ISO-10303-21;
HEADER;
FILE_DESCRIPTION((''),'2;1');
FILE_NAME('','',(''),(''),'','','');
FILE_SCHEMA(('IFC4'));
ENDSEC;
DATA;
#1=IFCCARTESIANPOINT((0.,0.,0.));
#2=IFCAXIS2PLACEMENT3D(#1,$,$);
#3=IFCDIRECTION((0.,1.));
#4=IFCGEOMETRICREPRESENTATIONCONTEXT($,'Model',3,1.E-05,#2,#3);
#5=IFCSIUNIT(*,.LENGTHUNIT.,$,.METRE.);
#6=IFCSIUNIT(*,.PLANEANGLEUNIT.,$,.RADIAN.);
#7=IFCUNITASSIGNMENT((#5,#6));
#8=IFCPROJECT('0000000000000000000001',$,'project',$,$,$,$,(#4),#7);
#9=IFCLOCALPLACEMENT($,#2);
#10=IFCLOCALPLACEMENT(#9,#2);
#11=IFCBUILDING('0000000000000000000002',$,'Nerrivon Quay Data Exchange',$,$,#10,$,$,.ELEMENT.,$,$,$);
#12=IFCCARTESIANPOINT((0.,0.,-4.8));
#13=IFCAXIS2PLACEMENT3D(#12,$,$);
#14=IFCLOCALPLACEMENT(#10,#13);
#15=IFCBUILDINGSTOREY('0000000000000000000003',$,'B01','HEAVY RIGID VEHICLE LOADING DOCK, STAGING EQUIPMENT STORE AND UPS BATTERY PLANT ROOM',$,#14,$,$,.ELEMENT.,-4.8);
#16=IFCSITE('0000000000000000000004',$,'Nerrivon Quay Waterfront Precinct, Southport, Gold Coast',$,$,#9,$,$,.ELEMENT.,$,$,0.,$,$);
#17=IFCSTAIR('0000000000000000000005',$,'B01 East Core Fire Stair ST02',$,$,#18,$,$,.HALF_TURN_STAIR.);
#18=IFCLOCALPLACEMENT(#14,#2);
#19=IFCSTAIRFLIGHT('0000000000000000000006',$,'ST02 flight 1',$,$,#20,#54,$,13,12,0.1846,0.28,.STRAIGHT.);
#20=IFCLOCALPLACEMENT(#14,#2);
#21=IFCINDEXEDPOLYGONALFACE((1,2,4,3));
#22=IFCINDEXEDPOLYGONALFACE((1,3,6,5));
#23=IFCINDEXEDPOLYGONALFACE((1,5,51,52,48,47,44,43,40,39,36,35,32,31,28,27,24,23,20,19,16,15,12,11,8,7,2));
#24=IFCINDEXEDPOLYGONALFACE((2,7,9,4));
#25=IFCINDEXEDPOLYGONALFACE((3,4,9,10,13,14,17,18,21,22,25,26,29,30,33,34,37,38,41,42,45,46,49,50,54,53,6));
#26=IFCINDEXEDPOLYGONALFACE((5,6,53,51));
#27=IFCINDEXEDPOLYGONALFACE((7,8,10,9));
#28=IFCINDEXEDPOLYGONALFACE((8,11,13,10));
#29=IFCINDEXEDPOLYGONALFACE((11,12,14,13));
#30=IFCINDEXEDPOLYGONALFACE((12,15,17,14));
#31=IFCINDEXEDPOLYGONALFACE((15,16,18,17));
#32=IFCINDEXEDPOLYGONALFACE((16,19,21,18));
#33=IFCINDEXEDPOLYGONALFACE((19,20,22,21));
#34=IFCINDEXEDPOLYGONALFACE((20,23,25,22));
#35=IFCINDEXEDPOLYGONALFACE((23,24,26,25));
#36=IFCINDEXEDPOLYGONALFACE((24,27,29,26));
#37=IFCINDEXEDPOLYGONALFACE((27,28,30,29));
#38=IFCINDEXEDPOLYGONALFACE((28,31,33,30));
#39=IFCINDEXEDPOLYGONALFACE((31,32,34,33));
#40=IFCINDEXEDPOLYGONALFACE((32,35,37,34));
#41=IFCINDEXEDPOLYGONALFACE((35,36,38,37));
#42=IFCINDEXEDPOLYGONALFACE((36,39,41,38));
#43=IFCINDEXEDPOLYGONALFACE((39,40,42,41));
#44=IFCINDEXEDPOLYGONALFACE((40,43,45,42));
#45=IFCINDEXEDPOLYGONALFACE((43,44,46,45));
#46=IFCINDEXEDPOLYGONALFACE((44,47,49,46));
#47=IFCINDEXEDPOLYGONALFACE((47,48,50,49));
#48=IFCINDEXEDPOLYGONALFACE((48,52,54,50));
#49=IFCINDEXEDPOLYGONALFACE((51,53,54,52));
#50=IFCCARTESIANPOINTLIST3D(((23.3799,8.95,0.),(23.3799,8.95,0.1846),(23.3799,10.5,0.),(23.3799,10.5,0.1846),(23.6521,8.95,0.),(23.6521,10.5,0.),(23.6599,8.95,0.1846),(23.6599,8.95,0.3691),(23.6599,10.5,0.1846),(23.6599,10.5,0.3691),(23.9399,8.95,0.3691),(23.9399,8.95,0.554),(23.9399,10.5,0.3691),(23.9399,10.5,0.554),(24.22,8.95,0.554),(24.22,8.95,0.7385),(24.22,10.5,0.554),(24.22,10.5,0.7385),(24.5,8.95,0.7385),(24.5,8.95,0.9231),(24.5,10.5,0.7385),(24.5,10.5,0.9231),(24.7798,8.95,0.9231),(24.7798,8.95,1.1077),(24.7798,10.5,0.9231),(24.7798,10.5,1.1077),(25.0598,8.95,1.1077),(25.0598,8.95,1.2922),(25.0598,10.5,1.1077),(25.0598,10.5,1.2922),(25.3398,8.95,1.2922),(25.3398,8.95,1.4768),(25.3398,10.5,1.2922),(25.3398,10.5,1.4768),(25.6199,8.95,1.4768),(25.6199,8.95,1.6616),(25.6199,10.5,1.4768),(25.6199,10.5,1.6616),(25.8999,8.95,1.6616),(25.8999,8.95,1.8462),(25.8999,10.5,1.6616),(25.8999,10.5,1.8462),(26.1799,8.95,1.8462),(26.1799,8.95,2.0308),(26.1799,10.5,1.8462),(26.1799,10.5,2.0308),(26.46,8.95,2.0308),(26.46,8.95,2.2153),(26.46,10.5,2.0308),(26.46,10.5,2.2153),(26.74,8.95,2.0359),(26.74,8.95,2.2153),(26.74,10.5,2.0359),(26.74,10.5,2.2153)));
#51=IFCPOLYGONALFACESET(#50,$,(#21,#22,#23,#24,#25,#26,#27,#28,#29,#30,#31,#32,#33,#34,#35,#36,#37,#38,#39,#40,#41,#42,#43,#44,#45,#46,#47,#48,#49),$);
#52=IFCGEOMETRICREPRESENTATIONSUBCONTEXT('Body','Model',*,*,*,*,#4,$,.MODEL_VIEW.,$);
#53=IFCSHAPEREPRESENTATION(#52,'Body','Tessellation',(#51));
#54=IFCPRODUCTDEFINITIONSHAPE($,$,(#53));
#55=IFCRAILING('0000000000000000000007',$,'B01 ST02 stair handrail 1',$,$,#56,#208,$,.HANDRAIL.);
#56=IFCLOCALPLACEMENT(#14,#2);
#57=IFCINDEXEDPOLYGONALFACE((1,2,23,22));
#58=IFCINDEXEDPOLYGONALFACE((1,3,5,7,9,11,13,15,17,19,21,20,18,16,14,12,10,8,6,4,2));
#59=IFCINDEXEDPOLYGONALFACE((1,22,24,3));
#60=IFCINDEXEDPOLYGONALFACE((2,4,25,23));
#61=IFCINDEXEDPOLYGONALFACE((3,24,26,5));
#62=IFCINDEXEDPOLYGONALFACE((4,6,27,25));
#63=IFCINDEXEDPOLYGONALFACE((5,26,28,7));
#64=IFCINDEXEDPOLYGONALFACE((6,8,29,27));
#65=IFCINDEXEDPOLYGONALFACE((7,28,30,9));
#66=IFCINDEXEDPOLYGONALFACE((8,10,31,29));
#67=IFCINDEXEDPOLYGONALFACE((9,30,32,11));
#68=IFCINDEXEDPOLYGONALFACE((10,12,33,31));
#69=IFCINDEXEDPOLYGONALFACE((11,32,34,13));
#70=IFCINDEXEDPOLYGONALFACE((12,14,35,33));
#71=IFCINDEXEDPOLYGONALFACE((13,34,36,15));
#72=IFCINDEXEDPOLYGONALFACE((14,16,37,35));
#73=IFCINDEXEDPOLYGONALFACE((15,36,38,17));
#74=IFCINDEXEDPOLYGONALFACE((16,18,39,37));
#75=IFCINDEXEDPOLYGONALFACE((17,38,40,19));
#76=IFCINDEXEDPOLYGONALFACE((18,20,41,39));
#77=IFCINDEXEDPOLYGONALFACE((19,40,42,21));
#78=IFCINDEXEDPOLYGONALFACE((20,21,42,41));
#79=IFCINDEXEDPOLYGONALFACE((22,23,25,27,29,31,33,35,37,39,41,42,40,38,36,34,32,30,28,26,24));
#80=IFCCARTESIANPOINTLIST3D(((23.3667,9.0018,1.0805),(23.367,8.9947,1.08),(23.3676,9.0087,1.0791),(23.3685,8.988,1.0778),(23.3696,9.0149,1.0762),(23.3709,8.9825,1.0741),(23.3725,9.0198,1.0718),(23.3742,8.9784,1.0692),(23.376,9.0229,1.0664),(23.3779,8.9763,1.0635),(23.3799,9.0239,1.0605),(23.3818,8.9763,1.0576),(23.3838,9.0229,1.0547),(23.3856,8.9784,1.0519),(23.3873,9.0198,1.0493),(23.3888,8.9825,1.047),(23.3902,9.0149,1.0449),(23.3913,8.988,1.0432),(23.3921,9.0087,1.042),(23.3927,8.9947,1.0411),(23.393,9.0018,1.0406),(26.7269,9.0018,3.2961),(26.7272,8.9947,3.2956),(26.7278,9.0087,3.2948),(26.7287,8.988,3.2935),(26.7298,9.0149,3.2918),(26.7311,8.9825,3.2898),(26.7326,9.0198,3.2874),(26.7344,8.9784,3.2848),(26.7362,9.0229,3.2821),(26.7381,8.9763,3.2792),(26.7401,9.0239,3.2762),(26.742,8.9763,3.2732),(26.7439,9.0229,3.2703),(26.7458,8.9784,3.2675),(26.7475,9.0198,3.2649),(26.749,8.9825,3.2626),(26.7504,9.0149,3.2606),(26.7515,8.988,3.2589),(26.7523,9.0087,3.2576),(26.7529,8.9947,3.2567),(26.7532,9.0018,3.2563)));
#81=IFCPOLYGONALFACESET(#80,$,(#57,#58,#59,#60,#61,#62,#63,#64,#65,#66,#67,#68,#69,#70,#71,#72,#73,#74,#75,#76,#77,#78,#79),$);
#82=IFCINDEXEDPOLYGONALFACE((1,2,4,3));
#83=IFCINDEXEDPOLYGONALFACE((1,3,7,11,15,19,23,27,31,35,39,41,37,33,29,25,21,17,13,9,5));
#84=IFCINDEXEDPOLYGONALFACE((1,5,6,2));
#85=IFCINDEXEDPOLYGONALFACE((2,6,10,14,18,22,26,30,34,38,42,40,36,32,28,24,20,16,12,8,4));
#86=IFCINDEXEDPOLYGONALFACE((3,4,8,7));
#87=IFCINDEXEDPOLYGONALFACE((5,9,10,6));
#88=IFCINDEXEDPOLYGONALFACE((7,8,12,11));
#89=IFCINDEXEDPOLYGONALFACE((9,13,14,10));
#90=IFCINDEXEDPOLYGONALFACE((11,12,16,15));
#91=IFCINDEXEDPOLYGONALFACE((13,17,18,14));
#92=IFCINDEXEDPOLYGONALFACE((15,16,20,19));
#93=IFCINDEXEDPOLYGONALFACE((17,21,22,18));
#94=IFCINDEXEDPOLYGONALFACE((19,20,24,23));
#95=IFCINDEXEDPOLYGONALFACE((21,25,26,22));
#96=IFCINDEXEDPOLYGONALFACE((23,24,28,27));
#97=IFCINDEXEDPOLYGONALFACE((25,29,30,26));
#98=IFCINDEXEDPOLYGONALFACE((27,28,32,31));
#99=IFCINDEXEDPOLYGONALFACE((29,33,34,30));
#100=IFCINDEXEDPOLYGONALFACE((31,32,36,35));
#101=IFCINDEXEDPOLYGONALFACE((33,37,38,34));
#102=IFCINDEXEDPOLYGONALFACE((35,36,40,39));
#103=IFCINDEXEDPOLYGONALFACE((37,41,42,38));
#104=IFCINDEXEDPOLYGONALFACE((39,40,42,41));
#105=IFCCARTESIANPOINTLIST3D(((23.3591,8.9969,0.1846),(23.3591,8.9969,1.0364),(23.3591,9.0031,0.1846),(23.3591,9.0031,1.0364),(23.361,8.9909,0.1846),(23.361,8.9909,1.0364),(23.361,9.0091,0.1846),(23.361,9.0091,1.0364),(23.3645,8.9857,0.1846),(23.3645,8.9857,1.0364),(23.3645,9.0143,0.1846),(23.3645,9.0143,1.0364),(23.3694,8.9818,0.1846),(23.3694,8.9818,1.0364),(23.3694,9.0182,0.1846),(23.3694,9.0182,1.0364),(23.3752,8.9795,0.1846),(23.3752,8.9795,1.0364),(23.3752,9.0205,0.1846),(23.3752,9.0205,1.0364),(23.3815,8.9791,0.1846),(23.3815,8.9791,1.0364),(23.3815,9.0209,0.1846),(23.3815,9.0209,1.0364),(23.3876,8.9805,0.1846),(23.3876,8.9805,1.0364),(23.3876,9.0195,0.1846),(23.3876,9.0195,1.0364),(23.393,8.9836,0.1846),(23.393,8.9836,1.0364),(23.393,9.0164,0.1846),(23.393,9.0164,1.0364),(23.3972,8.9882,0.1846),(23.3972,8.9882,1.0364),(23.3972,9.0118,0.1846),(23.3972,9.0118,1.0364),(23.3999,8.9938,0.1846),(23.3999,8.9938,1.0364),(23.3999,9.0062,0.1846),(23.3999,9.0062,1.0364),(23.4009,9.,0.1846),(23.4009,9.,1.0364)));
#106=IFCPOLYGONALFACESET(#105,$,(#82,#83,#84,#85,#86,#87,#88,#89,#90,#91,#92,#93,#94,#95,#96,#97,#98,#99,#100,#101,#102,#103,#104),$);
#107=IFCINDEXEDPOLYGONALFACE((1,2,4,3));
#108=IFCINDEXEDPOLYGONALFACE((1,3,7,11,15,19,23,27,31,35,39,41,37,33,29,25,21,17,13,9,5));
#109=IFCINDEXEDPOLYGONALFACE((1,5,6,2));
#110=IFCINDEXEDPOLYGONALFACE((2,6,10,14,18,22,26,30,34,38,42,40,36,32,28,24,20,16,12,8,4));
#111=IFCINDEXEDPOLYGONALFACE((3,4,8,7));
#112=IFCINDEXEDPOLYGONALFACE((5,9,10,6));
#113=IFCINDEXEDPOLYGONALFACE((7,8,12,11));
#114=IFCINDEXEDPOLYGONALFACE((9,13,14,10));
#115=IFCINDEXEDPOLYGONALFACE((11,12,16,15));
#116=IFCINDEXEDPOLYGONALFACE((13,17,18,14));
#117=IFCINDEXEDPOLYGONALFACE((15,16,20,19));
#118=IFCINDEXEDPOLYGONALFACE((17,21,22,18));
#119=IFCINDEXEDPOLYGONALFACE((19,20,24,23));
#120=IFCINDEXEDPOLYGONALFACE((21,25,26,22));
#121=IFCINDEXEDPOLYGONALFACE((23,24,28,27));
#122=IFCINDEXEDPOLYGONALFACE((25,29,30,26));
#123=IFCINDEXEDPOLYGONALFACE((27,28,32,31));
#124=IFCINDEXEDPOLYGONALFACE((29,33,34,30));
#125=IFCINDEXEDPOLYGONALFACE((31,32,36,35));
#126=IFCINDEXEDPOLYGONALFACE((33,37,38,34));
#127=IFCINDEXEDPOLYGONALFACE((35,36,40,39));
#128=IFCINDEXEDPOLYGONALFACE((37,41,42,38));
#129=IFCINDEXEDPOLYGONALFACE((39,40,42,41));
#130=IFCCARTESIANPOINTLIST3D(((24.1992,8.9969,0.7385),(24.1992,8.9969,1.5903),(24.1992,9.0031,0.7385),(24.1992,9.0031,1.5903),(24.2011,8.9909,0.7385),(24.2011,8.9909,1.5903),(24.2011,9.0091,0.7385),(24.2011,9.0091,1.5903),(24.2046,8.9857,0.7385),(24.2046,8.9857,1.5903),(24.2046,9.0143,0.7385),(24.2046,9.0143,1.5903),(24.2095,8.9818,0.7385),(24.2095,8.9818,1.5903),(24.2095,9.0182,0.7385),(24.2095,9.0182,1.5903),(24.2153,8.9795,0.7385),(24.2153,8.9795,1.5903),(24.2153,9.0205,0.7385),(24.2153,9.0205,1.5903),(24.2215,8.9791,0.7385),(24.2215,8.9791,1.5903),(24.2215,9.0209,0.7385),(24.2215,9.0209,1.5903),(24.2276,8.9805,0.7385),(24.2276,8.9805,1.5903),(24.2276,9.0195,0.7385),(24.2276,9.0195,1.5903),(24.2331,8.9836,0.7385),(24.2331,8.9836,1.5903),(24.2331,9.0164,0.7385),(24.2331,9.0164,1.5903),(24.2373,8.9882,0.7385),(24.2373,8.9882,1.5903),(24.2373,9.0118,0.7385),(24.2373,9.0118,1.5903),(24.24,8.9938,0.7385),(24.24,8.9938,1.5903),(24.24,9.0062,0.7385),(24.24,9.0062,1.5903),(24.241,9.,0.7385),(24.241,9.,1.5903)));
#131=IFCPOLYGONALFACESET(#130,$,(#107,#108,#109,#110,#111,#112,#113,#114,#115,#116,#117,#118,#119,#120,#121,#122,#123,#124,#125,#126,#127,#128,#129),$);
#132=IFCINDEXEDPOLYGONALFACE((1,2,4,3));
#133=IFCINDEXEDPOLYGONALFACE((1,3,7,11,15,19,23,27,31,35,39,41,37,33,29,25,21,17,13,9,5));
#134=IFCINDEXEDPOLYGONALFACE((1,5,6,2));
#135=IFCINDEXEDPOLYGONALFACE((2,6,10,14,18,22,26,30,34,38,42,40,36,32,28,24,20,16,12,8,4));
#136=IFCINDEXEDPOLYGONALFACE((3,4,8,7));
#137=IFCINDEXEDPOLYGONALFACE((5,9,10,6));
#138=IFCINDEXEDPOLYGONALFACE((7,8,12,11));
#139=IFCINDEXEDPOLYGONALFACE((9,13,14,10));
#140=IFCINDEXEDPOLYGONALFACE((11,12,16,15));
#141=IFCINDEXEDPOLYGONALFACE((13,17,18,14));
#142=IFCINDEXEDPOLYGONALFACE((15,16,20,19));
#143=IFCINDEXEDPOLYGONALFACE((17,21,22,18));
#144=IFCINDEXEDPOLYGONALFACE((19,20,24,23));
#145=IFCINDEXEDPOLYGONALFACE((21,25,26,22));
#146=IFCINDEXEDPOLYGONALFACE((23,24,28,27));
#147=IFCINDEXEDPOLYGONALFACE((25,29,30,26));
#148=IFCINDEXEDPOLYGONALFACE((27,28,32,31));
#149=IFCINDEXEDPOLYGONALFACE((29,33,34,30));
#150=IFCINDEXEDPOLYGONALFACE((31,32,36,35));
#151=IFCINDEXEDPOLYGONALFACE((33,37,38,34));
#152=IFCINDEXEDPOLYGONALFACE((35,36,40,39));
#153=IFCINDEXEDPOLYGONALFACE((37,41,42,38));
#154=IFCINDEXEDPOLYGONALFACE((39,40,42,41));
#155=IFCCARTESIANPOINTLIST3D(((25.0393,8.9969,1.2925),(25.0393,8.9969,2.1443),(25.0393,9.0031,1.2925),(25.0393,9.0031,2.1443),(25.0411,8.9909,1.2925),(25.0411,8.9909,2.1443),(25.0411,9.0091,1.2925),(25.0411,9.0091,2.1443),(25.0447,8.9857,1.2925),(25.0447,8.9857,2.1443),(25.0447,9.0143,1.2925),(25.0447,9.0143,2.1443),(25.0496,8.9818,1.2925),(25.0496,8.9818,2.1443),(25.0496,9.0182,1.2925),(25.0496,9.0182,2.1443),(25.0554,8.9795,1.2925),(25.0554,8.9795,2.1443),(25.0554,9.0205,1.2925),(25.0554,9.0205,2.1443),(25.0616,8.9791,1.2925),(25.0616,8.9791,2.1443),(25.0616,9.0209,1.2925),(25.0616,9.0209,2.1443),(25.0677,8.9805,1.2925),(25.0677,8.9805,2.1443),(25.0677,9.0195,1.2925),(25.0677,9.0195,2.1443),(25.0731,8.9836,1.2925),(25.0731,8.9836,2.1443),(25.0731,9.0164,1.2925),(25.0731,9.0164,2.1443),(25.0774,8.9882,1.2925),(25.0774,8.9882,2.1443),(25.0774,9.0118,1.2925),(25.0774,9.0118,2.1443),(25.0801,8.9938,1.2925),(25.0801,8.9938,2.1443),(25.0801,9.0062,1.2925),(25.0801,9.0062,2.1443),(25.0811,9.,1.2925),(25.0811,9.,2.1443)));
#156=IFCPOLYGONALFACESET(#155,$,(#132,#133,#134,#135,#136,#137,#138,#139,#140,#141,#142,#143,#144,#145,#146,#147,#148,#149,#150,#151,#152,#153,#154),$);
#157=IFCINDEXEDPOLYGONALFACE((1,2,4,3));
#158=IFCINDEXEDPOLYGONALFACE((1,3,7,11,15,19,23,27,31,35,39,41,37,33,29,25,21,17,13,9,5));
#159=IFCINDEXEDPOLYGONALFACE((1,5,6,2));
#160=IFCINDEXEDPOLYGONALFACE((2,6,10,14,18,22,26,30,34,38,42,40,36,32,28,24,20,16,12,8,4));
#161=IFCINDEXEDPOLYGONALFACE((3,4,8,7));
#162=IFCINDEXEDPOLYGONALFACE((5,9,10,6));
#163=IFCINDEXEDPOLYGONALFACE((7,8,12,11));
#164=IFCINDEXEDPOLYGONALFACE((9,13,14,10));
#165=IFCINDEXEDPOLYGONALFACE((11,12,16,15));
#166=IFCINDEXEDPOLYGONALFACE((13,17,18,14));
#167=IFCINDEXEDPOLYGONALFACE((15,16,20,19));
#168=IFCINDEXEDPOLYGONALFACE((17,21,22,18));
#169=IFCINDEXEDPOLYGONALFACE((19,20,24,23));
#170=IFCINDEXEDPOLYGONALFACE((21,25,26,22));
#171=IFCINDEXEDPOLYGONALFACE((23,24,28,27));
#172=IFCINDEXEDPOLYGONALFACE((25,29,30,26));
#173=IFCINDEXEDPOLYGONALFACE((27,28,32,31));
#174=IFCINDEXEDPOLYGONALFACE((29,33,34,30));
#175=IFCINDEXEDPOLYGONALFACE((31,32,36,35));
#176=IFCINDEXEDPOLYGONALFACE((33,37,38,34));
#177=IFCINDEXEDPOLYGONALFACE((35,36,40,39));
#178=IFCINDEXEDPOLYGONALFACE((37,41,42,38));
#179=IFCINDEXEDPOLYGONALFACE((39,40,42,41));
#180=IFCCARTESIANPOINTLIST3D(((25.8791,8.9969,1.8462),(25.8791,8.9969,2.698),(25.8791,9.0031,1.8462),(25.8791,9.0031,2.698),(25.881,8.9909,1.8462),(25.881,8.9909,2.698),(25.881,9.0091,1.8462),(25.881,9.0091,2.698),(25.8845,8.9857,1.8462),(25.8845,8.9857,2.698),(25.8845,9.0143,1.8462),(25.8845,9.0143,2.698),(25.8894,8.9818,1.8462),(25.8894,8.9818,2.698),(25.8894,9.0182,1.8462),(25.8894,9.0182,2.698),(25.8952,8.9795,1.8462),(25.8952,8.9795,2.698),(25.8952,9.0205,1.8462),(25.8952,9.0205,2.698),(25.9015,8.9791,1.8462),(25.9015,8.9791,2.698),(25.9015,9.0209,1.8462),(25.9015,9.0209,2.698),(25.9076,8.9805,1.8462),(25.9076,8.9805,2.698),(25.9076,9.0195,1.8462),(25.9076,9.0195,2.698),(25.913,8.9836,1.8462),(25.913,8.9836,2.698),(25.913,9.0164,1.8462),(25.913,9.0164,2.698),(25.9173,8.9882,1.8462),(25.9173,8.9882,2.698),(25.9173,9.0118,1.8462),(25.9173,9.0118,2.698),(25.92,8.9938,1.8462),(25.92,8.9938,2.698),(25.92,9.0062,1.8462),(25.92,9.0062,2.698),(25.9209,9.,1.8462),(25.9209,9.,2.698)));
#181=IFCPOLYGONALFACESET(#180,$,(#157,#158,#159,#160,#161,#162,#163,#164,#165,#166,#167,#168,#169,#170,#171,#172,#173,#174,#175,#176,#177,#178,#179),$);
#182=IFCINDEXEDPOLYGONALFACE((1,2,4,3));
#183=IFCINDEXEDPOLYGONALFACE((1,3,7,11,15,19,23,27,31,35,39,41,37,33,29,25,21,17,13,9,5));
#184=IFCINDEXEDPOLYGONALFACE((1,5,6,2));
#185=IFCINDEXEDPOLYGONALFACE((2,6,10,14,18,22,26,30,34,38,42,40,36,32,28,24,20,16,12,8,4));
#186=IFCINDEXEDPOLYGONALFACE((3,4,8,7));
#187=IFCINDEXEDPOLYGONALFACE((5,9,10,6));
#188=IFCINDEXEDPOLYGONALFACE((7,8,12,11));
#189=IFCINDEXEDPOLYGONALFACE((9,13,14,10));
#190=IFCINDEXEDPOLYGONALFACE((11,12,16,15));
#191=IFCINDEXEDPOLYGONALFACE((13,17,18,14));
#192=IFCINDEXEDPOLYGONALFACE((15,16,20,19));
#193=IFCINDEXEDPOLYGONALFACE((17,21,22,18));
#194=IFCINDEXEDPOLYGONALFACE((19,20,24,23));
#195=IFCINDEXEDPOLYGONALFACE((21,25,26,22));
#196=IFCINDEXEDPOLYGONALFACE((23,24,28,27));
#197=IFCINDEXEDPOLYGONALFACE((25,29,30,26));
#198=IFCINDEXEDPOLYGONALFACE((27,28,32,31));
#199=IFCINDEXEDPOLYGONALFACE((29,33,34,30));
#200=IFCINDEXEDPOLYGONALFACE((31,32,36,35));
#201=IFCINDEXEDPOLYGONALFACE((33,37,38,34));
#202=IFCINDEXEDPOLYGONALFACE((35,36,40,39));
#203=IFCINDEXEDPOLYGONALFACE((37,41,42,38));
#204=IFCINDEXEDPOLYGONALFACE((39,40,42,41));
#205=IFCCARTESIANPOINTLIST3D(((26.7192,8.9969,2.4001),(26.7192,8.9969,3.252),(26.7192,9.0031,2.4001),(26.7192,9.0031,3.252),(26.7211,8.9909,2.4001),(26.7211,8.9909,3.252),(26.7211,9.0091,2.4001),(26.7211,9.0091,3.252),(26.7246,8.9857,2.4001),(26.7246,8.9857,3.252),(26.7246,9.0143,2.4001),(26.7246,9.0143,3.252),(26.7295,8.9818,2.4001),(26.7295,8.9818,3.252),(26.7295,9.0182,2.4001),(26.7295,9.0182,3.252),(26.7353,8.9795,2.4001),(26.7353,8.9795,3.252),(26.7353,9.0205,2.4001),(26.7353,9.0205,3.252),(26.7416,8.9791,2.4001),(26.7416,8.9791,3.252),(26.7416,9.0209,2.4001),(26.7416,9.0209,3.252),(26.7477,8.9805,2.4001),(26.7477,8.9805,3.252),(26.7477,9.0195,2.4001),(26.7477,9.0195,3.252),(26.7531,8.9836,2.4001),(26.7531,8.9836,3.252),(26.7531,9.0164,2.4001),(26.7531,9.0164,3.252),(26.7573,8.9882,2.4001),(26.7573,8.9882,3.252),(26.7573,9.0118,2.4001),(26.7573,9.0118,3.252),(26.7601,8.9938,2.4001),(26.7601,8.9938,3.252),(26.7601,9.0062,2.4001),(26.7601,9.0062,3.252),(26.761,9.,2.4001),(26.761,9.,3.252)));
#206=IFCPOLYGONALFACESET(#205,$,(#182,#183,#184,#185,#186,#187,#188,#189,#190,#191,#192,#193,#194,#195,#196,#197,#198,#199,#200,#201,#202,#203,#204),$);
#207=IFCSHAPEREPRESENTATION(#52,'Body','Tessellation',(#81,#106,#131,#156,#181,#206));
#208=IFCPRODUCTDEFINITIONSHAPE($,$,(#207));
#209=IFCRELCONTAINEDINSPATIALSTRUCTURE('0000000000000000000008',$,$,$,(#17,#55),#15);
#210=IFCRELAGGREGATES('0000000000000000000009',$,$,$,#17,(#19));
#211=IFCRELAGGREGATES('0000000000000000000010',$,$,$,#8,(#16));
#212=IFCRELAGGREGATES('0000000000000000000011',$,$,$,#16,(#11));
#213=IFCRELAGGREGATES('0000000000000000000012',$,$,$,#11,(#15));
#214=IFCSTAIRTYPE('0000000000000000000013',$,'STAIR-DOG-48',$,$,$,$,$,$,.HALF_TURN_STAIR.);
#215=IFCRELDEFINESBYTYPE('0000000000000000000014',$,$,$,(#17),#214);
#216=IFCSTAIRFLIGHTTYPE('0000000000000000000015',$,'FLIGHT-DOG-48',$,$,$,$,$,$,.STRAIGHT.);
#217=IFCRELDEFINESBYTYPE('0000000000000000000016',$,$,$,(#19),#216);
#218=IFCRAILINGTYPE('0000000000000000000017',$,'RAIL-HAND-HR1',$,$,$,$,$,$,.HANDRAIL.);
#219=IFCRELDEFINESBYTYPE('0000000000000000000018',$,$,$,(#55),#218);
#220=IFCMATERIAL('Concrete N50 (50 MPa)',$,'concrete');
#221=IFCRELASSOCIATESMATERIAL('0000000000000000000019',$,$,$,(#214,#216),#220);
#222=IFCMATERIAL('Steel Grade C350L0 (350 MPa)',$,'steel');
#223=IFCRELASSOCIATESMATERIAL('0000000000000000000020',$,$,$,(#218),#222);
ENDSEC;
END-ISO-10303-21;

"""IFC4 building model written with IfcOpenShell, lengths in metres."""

from ifc_helpers import new_model, si_unit, direction, frame, origin, origin_2d, place, context, subcontext, project, spatial, polyline, circle, outline, extrude, material, type_object, element, aggregate, save


model = new_model("IFC4")

# Units and contexts
model_context = context("Model", 3, precision=1e-05, world=origin(), true_north=direction((0.0, 1.0)))
body_context = subcontext(model_context, "Body", "Model", "MODEL_VIEW")
ifc_project = project(units=[si_unit("LENGTHUNIT", "METRE"), si_unit("PLANEANGLEUNIT", "RADIAN")], contexts=[model_context])

# Site, building, storey
site_placement = place(None, origin())
site = spatial("IfcSite", under=ifc_project, at=site_placement, Name="Nerrivon Quay Waterfront Precinct, Southport, Gold Coast", CompositionType="ELEMENT", RefElevation=0.0)
building_placement = place(site_placement, origin())
building = spatial("IfcBuilding", under=site, at=building_placement, Name="Nerrivon Quay Data Exchange", CompositionType="ELEMENT")
storey_placement = place(building_placement, frame((0.0, 0.0, -4.8)))
storey = spatial("IfcBuildingStorey", under=building, at=storey_placement, Name="B01", Description="HEAVY RIGID VEHICLE LOADING DOCK, STAGING EQUIPMENT STORE AND UPS BATTERY PLANT ROOM", CompositionType="ELEMENT", Elevation=-4.8)

# Shared definitions
ifc_material_1 = material(Name="Concrete N50 (50 MPa)", Category="concrete")

# Stair, stair flight
stair_type = type_object("IfcStairType", Name="STAIR-DOG-48", PredefinedType="HALF_TURN_STAIR", material=ifc_material_1)
stair_placement = place(storey_placement, origin())
stair = element("IfcStair", 1, at=stair_placement, inside=storey, type_object=stair_type, Name="B01 East Core Fire Stair ST02", PredefinedType="HALF_TURN_STAIR")
stair_flight_type = type_object("IfcStairFlightType", Name="FLIGHT-DOG-48", PredefinedType="STRAIGHT", material=ifc_material_1)
stair_flight_placement = place(storey_placement, frame((23.3799, 9.7251, 0.0), z_axis=(0.0, 0.0, 1.0), x_axis=(1.0, 0.0, 0.0)))
stair_flight = element("IfcStairFlight", 2, at=stair_flight_placement, type_object=stair_flight_type, Name="ST02 flight 1", NumberOfRisers=13, NumberOfTreads=12, PredefinedType="STRAIGHT", RiserHeight=0.1846, TreadLength=0.28, context=body_context, shape_type="SweptSolid", body=[
    extrude(outline(polyline([(0.0, 0.0), (0.0, 0.1846), (0.28, 0.1846), (0.28, 0.3691), (0.5601, 0.3691), (0.5601, 0.554), (0.8401, 0.554), (0.8401, 0.7385), (1.1201, 0.7385), (1.1201, 0.9231), (1.3999, 0.9231), (1.3999, 1.1077), (1.6799, 1.1077), (1.6799, 1.2922), (1.96, 1.2922), (1.96, 1.4768), (2.24, 1.4768), (2.24, 1.6616), (2.52, 1.6616), (2.52, 1.8462), (2.8, 1.8462), (2.8, 2.0308), (3.0801, 2.0308), (3.0801, 2.2153), (3.3601, 2.2153), (3.3601, 2.3999), (3.3601, 2.0359), (0.2722, 0.0), (0.0, 0.0)])), frame((0.0, 0.7749, 0.0), z_axis=(0.0, -1.0, 0.0), x_axis=(1.0, 0.0, 0.0)), (0.0, 0.0, 1.0), 1.55),
])
aggregate(stair, [stair_flight])

# Railing
ifc_material_2 = material(Name="Steel Grade C350L0 (350 MPa)", Category="steel")
railing_type_1 = type_object("IfcRailingType", Name="RAIL-HAND-HR1", PredefinedType="HANDRAIL", material=ifc_material_2)
railing_1_placement = place(storey_placement, frame((23.3799, 9.0, 0.1846)))
element("IfcRailing", 3, at=railing_1_placement, inside=storey, type_object=railing_type_1, Name="B01 ST02 stair handrail 1", PredefinedType="HANDRAIL", context=body_context, shape_type="SweptSolid", body=[
    extrude(circle(Radius=0.0239, at=origin_2d()), frame((0.0, 0.0, 0.876), z_axis=(0.834849, 0.0, 0.55048), x_axis=(0.0, 1.0, 0.0)), (0.0, 0.0, 1.0), 4.0249),
    extrude(circle(Radius=0.021, at=origin_2d()), origin(), (0.0, 0.0, 1.0), 0.8518),
    extrude(circle(Radius=0.021, at=origin_2d()), frame((0.8401, 0.0, 0.554)), (0.0, 0.0, 1.0), 0.8518),
    extrude(circle(Radius=0.021, at=origin_2d()), frame((1.6802, 0.0, 1.1079)), (0.0, 0.0, 1.0), 0.8518),
    extrude(circle(Radius=0.021, at=origin_2d()), frame((2.52, 0.0, 1.6616)), (0.0, 0.0, 1.0), 0.8518),
    extrude(circle(Radius=0.021, at=origin_2d()), frame((3.3601, 0.0, 2.2156)), (0.0, 0.0, 1.0), 0.8518),
])

save(model, "model.ifc")
